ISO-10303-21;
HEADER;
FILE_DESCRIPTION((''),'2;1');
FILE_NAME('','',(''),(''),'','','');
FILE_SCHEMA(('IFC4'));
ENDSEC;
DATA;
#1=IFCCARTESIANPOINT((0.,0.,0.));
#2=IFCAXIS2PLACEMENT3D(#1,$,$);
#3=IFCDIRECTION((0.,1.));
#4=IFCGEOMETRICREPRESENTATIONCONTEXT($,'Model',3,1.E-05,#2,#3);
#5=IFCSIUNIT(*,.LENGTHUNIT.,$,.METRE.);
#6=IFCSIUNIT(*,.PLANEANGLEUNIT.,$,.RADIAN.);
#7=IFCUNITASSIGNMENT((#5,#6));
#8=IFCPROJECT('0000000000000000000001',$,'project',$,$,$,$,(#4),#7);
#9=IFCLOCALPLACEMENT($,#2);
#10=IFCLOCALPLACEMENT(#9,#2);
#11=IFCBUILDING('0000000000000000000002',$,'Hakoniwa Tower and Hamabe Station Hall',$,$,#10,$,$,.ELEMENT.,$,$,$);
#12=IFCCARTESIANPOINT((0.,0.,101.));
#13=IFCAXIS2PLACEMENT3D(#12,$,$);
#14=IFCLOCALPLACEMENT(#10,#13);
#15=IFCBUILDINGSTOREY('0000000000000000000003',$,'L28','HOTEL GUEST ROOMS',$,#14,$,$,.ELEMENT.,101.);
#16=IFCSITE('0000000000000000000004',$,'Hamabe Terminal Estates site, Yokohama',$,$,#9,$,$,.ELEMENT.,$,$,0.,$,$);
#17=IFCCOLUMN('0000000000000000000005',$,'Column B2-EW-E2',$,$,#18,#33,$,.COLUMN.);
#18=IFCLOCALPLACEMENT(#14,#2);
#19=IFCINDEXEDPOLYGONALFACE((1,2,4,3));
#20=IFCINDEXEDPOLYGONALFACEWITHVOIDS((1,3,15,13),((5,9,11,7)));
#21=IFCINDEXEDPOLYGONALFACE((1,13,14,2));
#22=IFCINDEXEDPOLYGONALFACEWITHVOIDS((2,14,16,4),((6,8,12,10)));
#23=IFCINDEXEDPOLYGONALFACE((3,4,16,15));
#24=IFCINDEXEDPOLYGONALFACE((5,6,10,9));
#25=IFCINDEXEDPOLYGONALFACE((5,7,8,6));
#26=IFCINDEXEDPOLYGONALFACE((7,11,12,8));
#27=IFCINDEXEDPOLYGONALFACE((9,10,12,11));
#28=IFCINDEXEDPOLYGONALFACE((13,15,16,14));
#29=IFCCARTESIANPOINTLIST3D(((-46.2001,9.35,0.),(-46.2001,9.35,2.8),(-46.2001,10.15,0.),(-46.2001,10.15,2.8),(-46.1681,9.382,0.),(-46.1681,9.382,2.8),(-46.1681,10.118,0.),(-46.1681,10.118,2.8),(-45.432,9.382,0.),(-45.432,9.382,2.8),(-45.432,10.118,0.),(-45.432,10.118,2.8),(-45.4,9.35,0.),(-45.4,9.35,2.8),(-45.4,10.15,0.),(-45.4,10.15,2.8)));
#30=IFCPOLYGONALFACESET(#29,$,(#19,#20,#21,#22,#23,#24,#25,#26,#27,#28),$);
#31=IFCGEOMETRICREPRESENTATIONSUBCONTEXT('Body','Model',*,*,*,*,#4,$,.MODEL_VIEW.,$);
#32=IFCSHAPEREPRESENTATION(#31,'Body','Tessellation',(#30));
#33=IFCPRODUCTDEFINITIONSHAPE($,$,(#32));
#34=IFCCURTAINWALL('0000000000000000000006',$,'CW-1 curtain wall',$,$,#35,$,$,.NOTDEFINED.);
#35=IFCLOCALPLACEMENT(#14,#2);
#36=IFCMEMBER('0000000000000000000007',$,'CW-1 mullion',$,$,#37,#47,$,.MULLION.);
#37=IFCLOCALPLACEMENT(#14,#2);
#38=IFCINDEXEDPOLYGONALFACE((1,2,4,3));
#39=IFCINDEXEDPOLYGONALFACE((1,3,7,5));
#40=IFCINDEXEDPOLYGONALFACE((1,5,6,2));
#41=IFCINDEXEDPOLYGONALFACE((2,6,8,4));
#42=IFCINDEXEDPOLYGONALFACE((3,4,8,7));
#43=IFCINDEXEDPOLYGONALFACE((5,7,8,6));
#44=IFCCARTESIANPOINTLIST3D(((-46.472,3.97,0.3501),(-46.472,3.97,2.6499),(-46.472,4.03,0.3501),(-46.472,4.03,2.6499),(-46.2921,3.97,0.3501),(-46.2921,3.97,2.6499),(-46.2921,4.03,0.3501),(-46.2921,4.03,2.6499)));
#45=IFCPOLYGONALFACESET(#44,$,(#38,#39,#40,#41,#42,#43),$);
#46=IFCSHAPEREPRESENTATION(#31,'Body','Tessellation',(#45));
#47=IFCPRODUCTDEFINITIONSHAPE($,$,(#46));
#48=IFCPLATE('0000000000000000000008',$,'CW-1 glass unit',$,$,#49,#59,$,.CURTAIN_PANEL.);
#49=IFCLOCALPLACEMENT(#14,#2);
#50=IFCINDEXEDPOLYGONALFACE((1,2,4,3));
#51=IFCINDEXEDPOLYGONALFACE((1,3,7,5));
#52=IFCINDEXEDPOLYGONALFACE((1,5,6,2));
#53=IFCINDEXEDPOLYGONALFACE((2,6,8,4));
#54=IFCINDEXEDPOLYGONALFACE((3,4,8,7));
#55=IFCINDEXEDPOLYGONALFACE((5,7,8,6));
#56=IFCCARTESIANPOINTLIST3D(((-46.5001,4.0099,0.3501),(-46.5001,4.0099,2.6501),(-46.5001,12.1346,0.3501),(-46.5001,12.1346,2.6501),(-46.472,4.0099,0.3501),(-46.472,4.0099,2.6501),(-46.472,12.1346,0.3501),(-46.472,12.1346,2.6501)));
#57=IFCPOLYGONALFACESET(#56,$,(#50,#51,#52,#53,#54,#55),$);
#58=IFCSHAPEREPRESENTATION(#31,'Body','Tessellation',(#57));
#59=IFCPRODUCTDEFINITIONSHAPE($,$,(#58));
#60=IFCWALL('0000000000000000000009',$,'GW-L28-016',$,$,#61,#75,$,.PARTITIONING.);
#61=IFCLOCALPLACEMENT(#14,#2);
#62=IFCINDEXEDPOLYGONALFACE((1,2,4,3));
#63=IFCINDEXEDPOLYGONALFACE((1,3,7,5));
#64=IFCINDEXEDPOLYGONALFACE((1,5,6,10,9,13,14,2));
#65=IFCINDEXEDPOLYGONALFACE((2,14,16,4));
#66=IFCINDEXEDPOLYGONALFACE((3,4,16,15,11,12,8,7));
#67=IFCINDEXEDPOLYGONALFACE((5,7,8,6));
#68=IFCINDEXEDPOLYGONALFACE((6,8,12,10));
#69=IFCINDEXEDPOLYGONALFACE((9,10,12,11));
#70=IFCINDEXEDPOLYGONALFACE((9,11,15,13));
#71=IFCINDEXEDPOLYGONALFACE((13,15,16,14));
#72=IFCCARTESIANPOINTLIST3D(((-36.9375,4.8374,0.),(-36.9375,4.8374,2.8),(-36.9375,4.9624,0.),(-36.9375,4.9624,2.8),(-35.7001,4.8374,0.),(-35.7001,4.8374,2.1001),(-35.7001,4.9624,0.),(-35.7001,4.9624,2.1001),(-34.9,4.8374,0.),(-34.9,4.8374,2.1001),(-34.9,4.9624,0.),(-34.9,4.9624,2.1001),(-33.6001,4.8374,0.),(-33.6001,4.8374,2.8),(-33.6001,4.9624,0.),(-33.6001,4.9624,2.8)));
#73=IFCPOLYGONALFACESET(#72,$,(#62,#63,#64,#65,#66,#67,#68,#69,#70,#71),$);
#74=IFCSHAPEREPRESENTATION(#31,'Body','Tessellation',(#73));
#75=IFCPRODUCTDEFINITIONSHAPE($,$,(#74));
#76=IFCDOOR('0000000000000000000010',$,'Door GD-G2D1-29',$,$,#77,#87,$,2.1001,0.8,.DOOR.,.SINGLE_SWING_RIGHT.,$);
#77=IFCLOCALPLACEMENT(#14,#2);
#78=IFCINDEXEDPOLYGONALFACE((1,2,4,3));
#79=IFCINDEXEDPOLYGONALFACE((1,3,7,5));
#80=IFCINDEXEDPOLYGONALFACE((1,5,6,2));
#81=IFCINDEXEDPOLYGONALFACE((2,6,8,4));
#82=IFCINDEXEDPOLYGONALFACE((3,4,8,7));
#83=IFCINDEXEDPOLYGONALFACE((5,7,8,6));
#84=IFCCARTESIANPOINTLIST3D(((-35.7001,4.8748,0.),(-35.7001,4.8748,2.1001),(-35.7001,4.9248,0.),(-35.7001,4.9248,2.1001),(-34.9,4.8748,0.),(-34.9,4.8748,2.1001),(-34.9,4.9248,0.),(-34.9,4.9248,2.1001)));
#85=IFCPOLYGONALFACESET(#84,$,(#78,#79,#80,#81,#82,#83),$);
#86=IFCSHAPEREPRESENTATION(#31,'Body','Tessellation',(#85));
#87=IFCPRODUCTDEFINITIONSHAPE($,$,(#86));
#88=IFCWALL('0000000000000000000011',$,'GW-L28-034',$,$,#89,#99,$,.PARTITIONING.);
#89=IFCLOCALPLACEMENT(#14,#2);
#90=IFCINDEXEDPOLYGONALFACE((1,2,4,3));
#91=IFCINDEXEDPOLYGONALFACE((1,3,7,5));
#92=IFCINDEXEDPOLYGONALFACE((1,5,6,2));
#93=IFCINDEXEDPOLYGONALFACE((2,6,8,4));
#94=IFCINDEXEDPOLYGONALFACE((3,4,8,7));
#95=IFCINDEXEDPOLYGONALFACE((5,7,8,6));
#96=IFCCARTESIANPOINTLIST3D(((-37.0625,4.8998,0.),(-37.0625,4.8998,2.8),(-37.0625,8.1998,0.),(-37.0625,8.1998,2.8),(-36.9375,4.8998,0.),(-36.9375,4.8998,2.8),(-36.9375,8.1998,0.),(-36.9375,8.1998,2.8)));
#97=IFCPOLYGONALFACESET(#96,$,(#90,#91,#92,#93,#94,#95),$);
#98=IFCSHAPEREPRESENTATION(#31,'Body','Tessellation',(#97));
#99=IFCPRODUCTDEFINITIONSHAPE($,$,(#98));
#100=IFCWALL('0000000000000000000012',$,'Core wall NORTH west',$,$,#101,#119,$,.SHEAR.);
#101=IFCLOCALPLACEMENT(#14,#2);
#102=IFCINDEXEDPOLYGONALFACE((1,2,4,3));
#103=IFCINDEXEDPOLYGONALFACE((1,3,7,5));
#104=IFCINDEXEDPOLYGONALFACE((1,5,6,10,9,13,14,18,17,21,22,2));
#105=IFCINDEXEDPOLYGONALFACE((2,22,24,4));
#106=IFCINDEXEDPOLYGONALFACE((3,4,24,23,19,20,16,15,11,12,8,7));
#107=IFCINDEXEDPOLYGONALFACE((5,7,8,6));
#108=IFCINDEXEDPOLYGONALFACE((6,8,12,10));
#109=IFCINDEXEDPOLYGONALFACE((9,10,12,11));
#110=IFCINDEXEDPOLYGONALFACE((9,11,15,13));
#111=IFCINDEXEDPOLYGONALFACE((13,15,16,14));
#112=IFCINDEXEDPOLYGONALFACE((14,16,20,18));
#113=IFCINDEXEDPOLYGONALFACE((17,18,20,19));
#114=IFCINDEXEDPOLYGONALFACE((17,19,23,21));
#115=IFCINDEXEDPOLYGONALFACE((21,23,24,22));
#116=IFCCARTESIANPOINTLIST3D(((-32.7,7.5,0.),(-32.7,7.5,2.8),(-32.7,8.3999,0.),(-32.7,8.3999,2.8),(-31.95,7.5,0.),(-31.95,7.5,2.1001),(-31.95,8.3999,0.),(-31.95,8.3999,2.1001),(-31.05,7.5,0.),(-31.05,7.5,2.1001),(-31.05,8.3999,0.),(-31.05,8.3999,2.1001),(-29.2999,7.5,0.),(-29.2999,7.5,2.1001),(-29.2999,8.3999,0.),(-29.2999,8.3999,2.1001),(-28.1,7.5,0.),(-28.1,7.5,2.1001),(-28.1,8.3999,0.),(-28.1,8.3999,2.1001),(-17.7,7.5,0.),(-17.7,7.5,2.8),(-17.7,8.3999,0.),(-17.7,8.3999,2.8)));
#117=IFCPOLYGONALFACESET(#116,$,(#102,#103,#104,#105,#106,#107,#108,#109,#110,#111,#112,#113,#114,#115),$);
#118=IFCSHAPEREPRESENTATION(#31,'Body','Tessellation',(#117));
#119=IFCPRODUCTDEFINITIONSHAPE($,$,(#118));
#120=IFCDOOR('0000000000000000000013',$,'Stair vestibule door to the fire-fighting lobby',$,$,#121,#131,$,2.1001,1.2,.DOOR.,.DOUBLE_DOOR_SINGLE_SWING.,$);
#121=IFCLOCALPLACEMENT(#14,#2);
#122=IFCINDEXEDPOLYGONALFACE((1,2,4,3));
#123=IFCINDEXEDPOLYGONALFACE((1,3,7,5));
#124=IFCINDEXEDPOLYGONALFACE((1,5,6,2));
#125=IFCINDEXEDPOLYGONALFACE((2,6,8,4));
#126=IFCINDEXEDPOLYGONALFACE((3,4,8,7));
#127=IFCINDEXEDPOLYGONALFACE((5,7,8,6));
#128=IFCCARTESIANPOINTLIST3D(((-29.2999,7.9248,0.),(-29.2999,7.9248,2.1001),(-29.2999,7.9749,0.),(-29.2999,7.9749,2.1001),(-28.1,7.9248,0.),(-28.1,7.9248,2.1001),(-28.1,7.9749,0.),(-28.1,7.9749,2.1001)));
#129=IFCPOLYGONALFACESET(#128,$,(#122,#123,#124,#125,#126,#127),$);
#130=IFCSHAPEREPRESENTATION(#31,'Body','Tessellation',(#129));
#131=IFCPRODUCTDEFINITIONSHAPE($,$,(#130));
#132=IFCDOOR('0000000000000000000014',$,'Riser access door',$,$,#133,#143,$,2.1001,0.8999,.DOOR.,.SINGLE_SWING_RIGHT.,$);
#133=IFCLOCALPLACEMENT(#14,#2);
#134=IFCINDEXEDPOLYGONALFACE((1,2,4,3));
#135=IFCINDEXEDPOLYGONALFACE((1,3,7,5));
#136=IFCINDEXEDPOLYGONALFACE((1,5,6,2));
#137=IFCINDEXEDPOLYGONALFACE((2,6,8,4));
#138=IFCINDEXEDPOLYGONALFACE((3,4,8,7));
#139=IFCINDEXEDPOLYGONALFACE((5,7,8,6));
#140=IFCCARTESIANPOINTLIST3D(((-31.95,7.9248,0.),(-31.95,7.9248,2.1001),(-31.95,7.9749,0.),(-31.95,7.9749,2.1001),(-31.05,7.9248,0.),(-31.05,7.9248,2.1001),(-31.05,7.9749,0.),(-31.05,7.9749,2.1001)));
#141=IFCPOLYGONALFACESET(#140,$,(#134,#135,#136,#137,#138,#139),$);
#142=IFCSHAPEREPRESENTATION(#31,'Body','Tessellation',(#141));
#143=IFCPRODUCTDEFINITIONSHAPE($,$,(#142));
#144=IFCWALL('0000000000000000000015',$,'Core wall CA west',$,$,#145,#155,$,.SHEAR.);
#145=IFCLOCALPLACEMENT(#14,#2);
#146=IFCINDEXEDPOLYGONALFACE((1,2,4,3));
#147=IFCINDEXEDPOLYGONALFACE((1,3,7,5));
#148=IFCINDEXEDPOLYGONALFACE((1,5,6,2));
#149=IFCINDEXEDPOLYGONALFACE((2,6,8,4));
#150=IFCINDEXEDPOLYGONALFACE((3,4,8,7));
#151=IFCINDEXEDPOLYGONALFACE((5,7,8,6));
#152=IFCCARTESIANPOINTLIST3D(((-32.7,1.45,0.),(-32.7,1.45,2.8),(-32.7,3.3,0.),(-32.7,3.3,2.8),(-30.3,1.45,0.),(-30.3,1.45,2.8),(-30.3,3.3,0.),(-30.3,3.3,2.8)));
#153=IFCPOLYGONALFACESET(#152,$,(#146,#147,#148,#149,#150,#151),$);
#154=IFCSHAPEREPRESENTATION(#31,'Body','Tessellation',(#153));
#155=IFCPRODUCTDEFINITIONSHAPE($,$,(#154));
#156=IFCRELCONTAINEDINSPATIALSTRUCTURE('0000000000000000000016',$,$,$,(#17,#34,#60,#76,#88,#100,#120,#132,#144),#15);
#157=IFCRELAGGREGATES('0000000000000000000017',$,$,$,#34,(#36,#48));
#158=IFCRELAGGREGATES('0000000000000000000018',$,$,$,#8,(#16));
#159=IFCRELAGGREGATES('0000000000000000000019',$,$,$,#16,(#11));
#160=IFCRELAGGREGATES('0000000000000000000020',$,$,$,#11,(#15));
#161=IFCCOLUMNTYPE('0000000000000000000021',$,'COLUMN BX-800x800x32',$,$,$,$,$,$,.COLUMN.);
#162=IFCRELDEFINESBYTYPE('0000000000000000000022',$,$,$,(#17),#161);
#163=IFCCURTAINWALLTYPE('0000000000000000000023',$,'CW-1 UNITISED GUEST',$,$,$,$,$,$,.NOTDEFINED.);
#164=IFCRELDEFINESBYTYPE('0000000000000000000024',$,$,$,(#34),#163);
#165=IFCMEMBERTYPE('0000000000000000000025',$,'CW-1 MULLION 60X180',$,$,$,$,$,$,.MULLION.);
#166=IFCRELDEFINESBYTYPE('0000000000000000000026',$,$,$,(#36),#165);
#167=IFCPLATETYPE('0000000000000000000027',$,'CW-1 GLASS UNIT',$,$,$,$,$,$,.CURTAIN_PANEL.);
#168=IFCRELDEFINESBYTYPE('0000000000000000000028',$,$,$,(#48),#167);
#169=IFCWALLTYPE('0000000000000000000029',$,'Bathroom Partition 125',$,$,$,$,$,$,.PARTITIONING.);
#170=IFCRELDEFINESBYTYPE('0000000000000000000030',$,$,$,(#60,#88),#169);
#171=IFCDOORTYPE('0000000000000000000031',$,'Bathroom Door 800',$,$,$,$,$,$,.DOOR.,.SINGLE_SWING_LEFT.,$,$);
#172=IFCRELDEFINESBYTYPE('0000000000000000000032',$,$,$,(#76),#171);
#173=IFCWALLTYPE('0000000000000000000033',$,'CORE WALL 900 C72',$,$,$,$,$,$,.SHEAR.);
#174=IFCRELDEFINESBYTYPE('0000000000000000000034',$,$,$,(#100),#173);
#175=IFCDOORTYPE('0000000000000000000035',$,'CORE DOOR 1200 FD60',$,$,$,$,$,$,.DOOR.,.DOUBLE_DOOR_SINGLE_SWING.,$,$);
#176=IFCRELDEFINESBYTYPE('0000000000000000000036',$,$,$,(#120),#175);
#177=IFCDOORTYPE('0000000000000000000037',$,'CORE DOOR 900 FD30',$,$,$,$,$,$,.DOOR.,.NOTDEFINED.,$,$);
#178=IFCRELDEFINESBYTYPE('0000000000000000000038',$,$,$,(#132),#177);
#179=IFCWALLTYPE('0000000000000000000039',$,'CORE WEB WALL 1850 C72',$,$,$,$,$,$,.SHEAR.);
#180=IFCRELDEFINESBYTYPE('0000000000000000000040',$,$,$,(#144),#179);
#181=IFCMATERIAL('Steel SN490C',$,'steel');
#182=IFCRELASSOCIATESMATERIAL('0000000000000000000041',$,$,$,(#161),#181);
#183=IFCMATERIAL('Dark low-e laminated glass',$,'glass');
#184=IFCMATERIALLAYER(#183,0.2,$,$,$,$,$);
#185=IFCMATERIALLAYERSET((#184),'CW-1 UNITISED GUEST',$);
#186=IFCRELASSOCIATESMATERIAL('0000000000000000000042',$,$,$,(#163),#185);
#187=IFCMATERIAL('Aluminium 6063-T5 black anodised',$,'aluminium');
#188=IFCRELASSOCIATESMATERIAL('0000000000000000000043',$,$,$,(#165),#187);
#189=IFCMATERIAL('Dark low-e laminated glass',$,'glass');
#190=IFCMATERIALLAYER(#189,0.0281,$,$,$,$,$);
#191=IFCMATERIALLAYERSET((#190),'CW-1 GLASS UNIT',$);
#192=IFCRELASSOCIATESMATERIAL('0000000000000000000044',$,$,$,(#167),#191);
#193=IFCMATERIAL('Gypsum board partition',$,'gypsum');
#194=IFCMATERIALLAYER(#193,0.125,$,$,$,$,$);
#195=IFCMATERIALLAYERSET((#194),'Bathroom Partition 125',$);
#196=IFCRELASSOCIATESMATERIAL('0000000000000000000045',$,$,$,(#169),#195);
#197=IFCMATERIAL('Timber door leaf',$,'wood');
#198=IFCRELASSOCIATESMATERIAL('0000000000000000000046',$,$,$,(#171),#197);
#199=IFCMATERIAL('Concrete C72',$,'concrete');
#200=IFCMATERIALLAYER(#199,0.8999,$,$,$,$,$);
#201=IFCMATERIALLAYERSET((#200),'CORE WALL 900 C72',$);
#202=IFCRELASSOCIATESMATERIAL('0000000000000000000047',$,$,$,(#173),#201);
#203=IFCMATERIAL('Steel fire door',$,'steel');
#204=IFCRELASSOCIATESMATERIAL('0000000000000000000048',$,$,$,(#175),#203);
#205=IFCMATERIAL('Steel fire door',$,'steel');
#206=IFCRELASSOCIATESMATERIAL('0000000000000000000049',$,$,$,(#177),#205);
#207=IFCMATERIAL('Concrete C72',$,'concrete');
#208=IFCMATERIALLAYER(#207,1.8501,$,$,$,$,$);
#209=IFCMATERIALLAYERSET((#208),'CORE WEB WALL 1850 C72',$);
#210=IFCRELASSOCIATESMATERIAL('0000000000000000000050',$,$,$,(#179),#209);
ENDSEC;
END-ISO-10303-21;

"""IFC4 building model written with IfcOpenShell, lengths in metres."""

from ifc_helpers import new_model, si_unit, direction, frame, frame_2d, origin, origin_2d, place, context, subcontext, project, spatial, rectangle, hollow_rectangle, extrude, material, layer, layer_set, material_profile, profile_set, type_object, element, fill, aggregate, save


model = new_model("IFC4")

# Units and contexts
model_context = context("Model", 3, precision=1e-05, world=origin(), true_north=direction((0.0, 1.0)))
body_context = subcontext(model_context, "Body", "Model", "MODEL_VIEW")
ifc_project = project(units=[si_unit("LENGTHUNIT", "METRE"), si_unit("PLANEANGLEUNIT", "RADIAN")], contexts=[model_context])

# Site, building, storey
site_placement = place(None, origin())
site = spatial("IfcSite", under=ifc_project, at=site_placement, Name="Hamabe Terminal Estates site, Yokohama", CompositionType="ELEMENT", RefElevation=0.0)
building_placement = place(site_placement, origin())
building = spatial("IfcBuilding", under=site, at=building_placement, Name="Hakoniwa Tower and Hamabe Station Hall", CompositionType="ELEMENT")
storey_placement = place(building_placement, frame((0.0, 0.0, 101.0)))
storey = spatial("IfcBuildingStorey", under=building, at=storey_placement, Name="L28", Description="HOTEL GUEST ROOMS", CompositionType="ELEMENT", Elevation=101.0)

# Column
ifc_material_1 = material(Name="Steel SN490C", Category="steel")
ifc_material_profile_1 = material_profile(ifc_material_1, hollow_rectangle(XDim=0.8, YDim=0.8, WallThickness=0.032, at=origin_2d()), Name="BX-800x800x32")
ifc_profile_set_1 = profile_set([ifc_material_profile_1], Name="Steel SN490C")
column_type = type_object("IfcColumnType", Name="COLUMN BX-800x800x32", PredefinedType="COLUMN", material=ifc_profile_set_1)
column_placement = place(storey_placement, frame((-45.8, 9.75, 0.0), z_axis=(0.0, 0.0, 1.0), x_axis=(1.0, 0.0, 0.0)))
element("IfcColumn", 1, at=column_placement, inside=storey, type_object=column_type, Name="Column B2-EW-E2", PredefinedType="COLUMN", context=body_context, shape_type="SweptSolid", body=[
    extrude(hollow_rectangle(XDim=0.8, YDim=0.8, WallThickness=0.032, at=origin_2d()), origin(), (0.0, 0.0, 1.0), 2.8),
])

# Curtain wall, member, plate
ifc_material_2 = material(Name="Dark low-e laminated glass", Category="glass")
ifc_layer_1 = layer(ifc_material_2, 0.2)
ifc_layer_set_1 = layer_set([ifc_layer_1], Name="CW-1 UNITISED GUEST")
curtain_wall_type = type_object("IfcCurtainWallType", Name="CW-1 UNITISED GUEST", PredefinedType="NOTDEFINED", material=ifc_layer_set_1)
curtain_wall_placement = place(storey_placement, origin())
curtain_wall = element("IfcCurtainWall", 2, at=curtain_wall_placement, inside=storey, type_object=curtain_wall_type, Name="CW-1 curtain wall", PredefinedType="NOTDEFINED")
ifc_material_3 = material(Name="Aluminium 6063-T5 black anodised", Category="aluminium")
ifc_material_profile_2 = material_profile(ifc_material_3, rectangle(XDim=0.0601, YDim=0.1799, at=origin_2d()), Name="CW-1 MULLION 60X180")
ifc_profile_set_2 = profile_set([ifc_material_profile_2], Name="Aluminium 6063-T5 black anodised")
member_type = type_object("IfcMemberType", Name="CW-1 MULLION 60X180", PredefinedType="MULLION", material=ifc_profile_set_2)
member_placement = place(storey_placement, frame((-46.3821, 4.0, 0.3501), z_axis=(0.0, 0.0, 1.0), x_axis=(0.0, -1.0, 0.0)))
member = element("IfcMember", 3, at=member_placement, type_object=member_type, Name="CW-1 mullion", PredefinedType="MULLION", context=body_context, shape_type="SweptSolid", body=[
    extrude(rectangle(XDim=0.0601, YDim=0.1799, at=origin_2d()), origin(), (0.0, 0.0, 1.0), 2.2998),
])
ifc_material_4 = material(Name="Dark low-e laminated glass", Category="glass")
ifc_layer_2 = layer(ifc_material_4, 0.0281)
ifc_layer_set_2 = layer_set([ifc_layer_2], Name="CW-1 GLASS UNIT")
plate_type = type_object("IfcPlateType", Name="CW-1 GLASS UNIT", PredefinedType="CURTAIN_PANEL", material=ifc_layer_set_2)
plate_placement = place(storey_placement, frame((-46.4861, 8.0723, 0.3501), z_axis=(0.0, 0.0, 1.0), x_axis=(0.0, -1.0, 0.0)))
plate = element("IfcPlate", 4, at=plate_placement, type_object=plate_type, Name="CW-1 glass unit", PredefinedType="CURTAIN_PANEL", context=body_context, shape_type="SweptSolid", body=[
    extrude(rectangle(XDim=8.1248, YDim=0.0281, at=origin_2d()), origin(), (0.0, 0.0, 1.0), 2.3),
])
aggregate(curtain_wall, [member, plate])

# Wall, opening, door
ifc_material_5 = material(Name="Gypsum board partition", Category="gypsum")
ifc_layer_3 = layer(ifc_material_5, 0.125)
ifc_layer_set_3 = layer_set([ifc_layer_3], Name="Bathroom Partition 125")
wall_type_1 = type_object("IfcWallType", Name="Bathroom Partition 125", PredefinedType="PARTITIONING", material=ifc_layer_set_3)
wall_1_placement = place(storey_placement, frame((-36.9375, 4.8999, 0.0), z_axis=(0.0, 0.0, 1.0), x_axis=(1.0, 0.0, 0.0)))
wall_1 = element("IfcWall", 5, at=wall_1_placement, inside=storey, type_object=wall_type_1, Name="GW-L28-016", PredefinedType="PARTITIONING", context=body_context, shape_type="SweptSolid", body=[
    extrude(rectangle(XDim=3.3374, YDim=0.125, at=frame_2d((1.6687, 0.0))), origin(), (0.0, 0.0, 1.0), 2.8),
])
opening_1_placement = place(wall_1_placement, frame((1.2375, 0.0, 0.0)))
opening_1 = element("IfcOpeningElement", 6, at=opening_1_placement, cuts=wall_1, PredefinedType="OPENING", context=body_context, shape_type="SweptSolid", body=[
    extrude(rectangle(XDim=0.8, YDim=2.1001, at=frame_2d((0.3999, 1.05))), frame((0.0, 0.0725, 0.0), z_axis=(0.0, -1.0, 0.0), x_axis=(1.0, 0.0, 0.0)), (0.0, 0.0, 1.0), 0.145),
])
ifc_material_6 = material(Name="Timber door leaf", Category="wood")
door_type_1 = type_object("IfcDoorType", Name="Bathroom Door 800", OperationType="SINGLE_SWING_LEFT", PredefinedType="DOOR", material=ifc_material_6)
door_1_placement = place(opening_1_placement, origin())
door_1 = element("IfcDoor", 7, at=door_1_placement, inside=storey, type_object=door_type_1, Name="Door GD-G2D1-29", OperationType="SINGLE_SWING_RIGHT", OverallHeight=2.1001, OverallWidth=0.8, PredefinedType="DOOR", context=body_context, shape_type="SweptSolid", body=[
    extrude(rectangle(XDim=0.8, YDim=2.1001, at=frame_2d((0.3999, 1.05))), frame((0.0, 0.0249, 0.0), z_axis=(0.0, -1.0, 0.0), x_axis=(1.0, 0.0, 0.0)), (0.0, 0.0, 1.0), 0.05),
])
fill(opening_1, door_1)

# Wall
wall_2_placement = place(storey_placement, frame((-37.0, 4.8999, 0.0), z_axis=(0.0, 0.0, 1.0), x_axis=(0.0, 1.0, 0.0)))
element("IfcWall", 8, at=wall_2_placement, inside=storey, type_object=wall_type_1, Name="GW-L28-034", PredefinedType="PARTITIONING", context=body_context, shape_type="SweptSolid", body=[
    extrude(rectangle(XDim=3.3, YDim=0.125, at=frame_2d((1.6499, 0.0))), origin(), (0.0, 0.0, 1.0), 2.8),
])

# Wall, openings, doors
ifc_material_7 = material(Name="Concrete C72", Category="concrete")
ifc_layer_4 = layer(ifc_material_7, 0.8999)
ifc_layer_set_4 = layer_set([ifc_layer_4], Name="CORE WALL 900 C72")
wall_type_2 = type_object("IfcWallType", Name="CORE WALL 900 C72", PredefinedType="SHEAR", material=ifc_layer_set_4)
wall_3_placement = place(storey_placement, frame((-32.7, 7.95, 0.0), z_axis=(0.0, 0.0, 1.0), x_axis=(1.0, 0.0, 0.0)))
wall_3 = element("IfcWall", 9, at=wall_3_placement, inside=storey, type_object=wall_type_2, Name="Core wall NORTH west", PredefinedType="SHEAR", context=body_context, shape_type="SweptSolid", body=[
    extrude(rectangle(XDim=15.0, YDim=0.8999, at=frame_2d((7.5, 0.0))), origin(), (0.0, 0.0, 1.0), 2.8),
])
opening_2_placement = place(wall_3_placement, frame((3.3999, 0.0, 0.0)))
opening_2 = element("IfcOpeningElement", 10, at=opening_2_placement, cuts=wall_3, PredefinedType="OPENING", context=body_context, shape_type="SweptSolid", body=[
    extrude(rectangle(XDim=1.2, YDim=2.1001, at=frame_2d((0.6001, 1.05))), frame((0.0, 0.46, 0.0), z_axis=(0.0, -1.0, 0.0), x_axis=(1.0, 0.0, 0.0)), (0.0, 0.0, 1.0), 0.9199),
])
opening_3_placement = place(wall_3_placement, frame((0.75, 0.0, 0.0)))
opening_3 = element("IfcOpeningElement", 11, at=opening_3_placement, cuts=wall_3, PredefinedType="OPENING", context=body_context, shape_type="SweptSolid", body=[
    extrude(rectangle(XDim=0.8999, YDim=2.1001, at=frame_2d((0.45, 1.05))), frame((0.0, 0.46, 0.0), z_axis=(0.0, -1.0, 0.0), x_axis=(1.0, 0.0, 0.0)), (0.0, 0.0, 1.0), 0.9199),
])
ifc_material_8 = material(Name="Steel fire door", Category="steel")
door_type_2 = type_object("IfcDoorType", Name="CORE DOOR 1200 FD60", OperationType="DOUBLE_DOOR_SINGLE_SWING", PredefinedType="DOOR", material=ifc_material_8)
door_2_placement = place(opening_2_placement, origin())
door_2 = element("IfcDoor", 12, at=door_2_placement, inside=storey, type_object=door_type_2, Name="Stair vestibule door to the fire-fighting lobby", OperationType="DOUBLE_DOOR_SINGLE_SWING", OverallHeight=2.1001, OverallWidth=1.2, PredefinedType="DOOR", context=body_context, shape_type="SweptSolid", body=[
    extrude(rectangle(XDim=1.2, YDim=2.1001, at=frame_2d((0.6001, 1.05))), frame((0.0, 0.0249, 0.0), z_axis=(0.0, -1.0, 0.0), x_axis=(1.0, 0.0, 0.0)), (0.0, 0.0, 1.0), 0.05),
])
fill(opening_2, door_2)
ifc_material_9 = material(Name="Steel fire door", Category="steel")
door_type_3 = type_object("IfcDoorType", Name="CORE DOOR 900 FD30", OperationType="NOTDEFINED", PredefinedType="DOOR", material=ifc_material_9)
door_3_placement = place(opening_3_placement, origin())
door_3 = element("IfcDoor", 13, at=door_3_placement, inside=storey, type_object=door_type_3, Name="Riser access door", OperationType="SINGLE_SWING_RIGHT", OverallHeight=2.1001, OverallWidth=0.8999, PredefinedType="DOOR", context=body_context, shape_type="SweptSolid", body=[
    extrude(rectangle(XDim=0.8999, YDim=2.1001, at=frame_2d((0.45, 1.05))), frame((0.0, 0.0249, 0.0), z_axis=(0.0, -1.0, 0.0), x_axis=(1.0, 0.0, 0.0)), (0.0, 0.0, 1.0), 0.05),
])
fill(opening_3, door_3)

# Wall
ifc_material_10 = material(Name="Concrete C72", Category="concrete")
ifc_layer_5 = layer(ifc_material_10, 1.8501)
ifc_layer_set_5 = layer_set([ifc_layer_5], Name="CORE WEB WALL 1850 C72")
wall_type_3 = type_object("IfcWallType", Name="CORE WEB WALL 1850 C72", PredefinedType="SHEAR", material=ifc_layer_set_5)
wall_4_placement = place(storey_placement, frame((-32.7, 2.375, 0.0), z_axis=(0.0, 0.0, 1.0), x_axis=(1.0, 0.0, 0.0)))
element("IfcWall", 14, at=wall_4_placement, inside=storey, type_object=wall_type_3, Name="Core wall CA west", PredefinedType="SHEAR", context=body_context, shape_type="SweptSolid", body=[
    extrude(rectangle(XDim=2.3999, YDim=1.8501, at=frame_2d((1.2, 0.0))), origin(), (0.0, 0.0, 1.0), 2.8),
])

save(model, "model.ifc")
